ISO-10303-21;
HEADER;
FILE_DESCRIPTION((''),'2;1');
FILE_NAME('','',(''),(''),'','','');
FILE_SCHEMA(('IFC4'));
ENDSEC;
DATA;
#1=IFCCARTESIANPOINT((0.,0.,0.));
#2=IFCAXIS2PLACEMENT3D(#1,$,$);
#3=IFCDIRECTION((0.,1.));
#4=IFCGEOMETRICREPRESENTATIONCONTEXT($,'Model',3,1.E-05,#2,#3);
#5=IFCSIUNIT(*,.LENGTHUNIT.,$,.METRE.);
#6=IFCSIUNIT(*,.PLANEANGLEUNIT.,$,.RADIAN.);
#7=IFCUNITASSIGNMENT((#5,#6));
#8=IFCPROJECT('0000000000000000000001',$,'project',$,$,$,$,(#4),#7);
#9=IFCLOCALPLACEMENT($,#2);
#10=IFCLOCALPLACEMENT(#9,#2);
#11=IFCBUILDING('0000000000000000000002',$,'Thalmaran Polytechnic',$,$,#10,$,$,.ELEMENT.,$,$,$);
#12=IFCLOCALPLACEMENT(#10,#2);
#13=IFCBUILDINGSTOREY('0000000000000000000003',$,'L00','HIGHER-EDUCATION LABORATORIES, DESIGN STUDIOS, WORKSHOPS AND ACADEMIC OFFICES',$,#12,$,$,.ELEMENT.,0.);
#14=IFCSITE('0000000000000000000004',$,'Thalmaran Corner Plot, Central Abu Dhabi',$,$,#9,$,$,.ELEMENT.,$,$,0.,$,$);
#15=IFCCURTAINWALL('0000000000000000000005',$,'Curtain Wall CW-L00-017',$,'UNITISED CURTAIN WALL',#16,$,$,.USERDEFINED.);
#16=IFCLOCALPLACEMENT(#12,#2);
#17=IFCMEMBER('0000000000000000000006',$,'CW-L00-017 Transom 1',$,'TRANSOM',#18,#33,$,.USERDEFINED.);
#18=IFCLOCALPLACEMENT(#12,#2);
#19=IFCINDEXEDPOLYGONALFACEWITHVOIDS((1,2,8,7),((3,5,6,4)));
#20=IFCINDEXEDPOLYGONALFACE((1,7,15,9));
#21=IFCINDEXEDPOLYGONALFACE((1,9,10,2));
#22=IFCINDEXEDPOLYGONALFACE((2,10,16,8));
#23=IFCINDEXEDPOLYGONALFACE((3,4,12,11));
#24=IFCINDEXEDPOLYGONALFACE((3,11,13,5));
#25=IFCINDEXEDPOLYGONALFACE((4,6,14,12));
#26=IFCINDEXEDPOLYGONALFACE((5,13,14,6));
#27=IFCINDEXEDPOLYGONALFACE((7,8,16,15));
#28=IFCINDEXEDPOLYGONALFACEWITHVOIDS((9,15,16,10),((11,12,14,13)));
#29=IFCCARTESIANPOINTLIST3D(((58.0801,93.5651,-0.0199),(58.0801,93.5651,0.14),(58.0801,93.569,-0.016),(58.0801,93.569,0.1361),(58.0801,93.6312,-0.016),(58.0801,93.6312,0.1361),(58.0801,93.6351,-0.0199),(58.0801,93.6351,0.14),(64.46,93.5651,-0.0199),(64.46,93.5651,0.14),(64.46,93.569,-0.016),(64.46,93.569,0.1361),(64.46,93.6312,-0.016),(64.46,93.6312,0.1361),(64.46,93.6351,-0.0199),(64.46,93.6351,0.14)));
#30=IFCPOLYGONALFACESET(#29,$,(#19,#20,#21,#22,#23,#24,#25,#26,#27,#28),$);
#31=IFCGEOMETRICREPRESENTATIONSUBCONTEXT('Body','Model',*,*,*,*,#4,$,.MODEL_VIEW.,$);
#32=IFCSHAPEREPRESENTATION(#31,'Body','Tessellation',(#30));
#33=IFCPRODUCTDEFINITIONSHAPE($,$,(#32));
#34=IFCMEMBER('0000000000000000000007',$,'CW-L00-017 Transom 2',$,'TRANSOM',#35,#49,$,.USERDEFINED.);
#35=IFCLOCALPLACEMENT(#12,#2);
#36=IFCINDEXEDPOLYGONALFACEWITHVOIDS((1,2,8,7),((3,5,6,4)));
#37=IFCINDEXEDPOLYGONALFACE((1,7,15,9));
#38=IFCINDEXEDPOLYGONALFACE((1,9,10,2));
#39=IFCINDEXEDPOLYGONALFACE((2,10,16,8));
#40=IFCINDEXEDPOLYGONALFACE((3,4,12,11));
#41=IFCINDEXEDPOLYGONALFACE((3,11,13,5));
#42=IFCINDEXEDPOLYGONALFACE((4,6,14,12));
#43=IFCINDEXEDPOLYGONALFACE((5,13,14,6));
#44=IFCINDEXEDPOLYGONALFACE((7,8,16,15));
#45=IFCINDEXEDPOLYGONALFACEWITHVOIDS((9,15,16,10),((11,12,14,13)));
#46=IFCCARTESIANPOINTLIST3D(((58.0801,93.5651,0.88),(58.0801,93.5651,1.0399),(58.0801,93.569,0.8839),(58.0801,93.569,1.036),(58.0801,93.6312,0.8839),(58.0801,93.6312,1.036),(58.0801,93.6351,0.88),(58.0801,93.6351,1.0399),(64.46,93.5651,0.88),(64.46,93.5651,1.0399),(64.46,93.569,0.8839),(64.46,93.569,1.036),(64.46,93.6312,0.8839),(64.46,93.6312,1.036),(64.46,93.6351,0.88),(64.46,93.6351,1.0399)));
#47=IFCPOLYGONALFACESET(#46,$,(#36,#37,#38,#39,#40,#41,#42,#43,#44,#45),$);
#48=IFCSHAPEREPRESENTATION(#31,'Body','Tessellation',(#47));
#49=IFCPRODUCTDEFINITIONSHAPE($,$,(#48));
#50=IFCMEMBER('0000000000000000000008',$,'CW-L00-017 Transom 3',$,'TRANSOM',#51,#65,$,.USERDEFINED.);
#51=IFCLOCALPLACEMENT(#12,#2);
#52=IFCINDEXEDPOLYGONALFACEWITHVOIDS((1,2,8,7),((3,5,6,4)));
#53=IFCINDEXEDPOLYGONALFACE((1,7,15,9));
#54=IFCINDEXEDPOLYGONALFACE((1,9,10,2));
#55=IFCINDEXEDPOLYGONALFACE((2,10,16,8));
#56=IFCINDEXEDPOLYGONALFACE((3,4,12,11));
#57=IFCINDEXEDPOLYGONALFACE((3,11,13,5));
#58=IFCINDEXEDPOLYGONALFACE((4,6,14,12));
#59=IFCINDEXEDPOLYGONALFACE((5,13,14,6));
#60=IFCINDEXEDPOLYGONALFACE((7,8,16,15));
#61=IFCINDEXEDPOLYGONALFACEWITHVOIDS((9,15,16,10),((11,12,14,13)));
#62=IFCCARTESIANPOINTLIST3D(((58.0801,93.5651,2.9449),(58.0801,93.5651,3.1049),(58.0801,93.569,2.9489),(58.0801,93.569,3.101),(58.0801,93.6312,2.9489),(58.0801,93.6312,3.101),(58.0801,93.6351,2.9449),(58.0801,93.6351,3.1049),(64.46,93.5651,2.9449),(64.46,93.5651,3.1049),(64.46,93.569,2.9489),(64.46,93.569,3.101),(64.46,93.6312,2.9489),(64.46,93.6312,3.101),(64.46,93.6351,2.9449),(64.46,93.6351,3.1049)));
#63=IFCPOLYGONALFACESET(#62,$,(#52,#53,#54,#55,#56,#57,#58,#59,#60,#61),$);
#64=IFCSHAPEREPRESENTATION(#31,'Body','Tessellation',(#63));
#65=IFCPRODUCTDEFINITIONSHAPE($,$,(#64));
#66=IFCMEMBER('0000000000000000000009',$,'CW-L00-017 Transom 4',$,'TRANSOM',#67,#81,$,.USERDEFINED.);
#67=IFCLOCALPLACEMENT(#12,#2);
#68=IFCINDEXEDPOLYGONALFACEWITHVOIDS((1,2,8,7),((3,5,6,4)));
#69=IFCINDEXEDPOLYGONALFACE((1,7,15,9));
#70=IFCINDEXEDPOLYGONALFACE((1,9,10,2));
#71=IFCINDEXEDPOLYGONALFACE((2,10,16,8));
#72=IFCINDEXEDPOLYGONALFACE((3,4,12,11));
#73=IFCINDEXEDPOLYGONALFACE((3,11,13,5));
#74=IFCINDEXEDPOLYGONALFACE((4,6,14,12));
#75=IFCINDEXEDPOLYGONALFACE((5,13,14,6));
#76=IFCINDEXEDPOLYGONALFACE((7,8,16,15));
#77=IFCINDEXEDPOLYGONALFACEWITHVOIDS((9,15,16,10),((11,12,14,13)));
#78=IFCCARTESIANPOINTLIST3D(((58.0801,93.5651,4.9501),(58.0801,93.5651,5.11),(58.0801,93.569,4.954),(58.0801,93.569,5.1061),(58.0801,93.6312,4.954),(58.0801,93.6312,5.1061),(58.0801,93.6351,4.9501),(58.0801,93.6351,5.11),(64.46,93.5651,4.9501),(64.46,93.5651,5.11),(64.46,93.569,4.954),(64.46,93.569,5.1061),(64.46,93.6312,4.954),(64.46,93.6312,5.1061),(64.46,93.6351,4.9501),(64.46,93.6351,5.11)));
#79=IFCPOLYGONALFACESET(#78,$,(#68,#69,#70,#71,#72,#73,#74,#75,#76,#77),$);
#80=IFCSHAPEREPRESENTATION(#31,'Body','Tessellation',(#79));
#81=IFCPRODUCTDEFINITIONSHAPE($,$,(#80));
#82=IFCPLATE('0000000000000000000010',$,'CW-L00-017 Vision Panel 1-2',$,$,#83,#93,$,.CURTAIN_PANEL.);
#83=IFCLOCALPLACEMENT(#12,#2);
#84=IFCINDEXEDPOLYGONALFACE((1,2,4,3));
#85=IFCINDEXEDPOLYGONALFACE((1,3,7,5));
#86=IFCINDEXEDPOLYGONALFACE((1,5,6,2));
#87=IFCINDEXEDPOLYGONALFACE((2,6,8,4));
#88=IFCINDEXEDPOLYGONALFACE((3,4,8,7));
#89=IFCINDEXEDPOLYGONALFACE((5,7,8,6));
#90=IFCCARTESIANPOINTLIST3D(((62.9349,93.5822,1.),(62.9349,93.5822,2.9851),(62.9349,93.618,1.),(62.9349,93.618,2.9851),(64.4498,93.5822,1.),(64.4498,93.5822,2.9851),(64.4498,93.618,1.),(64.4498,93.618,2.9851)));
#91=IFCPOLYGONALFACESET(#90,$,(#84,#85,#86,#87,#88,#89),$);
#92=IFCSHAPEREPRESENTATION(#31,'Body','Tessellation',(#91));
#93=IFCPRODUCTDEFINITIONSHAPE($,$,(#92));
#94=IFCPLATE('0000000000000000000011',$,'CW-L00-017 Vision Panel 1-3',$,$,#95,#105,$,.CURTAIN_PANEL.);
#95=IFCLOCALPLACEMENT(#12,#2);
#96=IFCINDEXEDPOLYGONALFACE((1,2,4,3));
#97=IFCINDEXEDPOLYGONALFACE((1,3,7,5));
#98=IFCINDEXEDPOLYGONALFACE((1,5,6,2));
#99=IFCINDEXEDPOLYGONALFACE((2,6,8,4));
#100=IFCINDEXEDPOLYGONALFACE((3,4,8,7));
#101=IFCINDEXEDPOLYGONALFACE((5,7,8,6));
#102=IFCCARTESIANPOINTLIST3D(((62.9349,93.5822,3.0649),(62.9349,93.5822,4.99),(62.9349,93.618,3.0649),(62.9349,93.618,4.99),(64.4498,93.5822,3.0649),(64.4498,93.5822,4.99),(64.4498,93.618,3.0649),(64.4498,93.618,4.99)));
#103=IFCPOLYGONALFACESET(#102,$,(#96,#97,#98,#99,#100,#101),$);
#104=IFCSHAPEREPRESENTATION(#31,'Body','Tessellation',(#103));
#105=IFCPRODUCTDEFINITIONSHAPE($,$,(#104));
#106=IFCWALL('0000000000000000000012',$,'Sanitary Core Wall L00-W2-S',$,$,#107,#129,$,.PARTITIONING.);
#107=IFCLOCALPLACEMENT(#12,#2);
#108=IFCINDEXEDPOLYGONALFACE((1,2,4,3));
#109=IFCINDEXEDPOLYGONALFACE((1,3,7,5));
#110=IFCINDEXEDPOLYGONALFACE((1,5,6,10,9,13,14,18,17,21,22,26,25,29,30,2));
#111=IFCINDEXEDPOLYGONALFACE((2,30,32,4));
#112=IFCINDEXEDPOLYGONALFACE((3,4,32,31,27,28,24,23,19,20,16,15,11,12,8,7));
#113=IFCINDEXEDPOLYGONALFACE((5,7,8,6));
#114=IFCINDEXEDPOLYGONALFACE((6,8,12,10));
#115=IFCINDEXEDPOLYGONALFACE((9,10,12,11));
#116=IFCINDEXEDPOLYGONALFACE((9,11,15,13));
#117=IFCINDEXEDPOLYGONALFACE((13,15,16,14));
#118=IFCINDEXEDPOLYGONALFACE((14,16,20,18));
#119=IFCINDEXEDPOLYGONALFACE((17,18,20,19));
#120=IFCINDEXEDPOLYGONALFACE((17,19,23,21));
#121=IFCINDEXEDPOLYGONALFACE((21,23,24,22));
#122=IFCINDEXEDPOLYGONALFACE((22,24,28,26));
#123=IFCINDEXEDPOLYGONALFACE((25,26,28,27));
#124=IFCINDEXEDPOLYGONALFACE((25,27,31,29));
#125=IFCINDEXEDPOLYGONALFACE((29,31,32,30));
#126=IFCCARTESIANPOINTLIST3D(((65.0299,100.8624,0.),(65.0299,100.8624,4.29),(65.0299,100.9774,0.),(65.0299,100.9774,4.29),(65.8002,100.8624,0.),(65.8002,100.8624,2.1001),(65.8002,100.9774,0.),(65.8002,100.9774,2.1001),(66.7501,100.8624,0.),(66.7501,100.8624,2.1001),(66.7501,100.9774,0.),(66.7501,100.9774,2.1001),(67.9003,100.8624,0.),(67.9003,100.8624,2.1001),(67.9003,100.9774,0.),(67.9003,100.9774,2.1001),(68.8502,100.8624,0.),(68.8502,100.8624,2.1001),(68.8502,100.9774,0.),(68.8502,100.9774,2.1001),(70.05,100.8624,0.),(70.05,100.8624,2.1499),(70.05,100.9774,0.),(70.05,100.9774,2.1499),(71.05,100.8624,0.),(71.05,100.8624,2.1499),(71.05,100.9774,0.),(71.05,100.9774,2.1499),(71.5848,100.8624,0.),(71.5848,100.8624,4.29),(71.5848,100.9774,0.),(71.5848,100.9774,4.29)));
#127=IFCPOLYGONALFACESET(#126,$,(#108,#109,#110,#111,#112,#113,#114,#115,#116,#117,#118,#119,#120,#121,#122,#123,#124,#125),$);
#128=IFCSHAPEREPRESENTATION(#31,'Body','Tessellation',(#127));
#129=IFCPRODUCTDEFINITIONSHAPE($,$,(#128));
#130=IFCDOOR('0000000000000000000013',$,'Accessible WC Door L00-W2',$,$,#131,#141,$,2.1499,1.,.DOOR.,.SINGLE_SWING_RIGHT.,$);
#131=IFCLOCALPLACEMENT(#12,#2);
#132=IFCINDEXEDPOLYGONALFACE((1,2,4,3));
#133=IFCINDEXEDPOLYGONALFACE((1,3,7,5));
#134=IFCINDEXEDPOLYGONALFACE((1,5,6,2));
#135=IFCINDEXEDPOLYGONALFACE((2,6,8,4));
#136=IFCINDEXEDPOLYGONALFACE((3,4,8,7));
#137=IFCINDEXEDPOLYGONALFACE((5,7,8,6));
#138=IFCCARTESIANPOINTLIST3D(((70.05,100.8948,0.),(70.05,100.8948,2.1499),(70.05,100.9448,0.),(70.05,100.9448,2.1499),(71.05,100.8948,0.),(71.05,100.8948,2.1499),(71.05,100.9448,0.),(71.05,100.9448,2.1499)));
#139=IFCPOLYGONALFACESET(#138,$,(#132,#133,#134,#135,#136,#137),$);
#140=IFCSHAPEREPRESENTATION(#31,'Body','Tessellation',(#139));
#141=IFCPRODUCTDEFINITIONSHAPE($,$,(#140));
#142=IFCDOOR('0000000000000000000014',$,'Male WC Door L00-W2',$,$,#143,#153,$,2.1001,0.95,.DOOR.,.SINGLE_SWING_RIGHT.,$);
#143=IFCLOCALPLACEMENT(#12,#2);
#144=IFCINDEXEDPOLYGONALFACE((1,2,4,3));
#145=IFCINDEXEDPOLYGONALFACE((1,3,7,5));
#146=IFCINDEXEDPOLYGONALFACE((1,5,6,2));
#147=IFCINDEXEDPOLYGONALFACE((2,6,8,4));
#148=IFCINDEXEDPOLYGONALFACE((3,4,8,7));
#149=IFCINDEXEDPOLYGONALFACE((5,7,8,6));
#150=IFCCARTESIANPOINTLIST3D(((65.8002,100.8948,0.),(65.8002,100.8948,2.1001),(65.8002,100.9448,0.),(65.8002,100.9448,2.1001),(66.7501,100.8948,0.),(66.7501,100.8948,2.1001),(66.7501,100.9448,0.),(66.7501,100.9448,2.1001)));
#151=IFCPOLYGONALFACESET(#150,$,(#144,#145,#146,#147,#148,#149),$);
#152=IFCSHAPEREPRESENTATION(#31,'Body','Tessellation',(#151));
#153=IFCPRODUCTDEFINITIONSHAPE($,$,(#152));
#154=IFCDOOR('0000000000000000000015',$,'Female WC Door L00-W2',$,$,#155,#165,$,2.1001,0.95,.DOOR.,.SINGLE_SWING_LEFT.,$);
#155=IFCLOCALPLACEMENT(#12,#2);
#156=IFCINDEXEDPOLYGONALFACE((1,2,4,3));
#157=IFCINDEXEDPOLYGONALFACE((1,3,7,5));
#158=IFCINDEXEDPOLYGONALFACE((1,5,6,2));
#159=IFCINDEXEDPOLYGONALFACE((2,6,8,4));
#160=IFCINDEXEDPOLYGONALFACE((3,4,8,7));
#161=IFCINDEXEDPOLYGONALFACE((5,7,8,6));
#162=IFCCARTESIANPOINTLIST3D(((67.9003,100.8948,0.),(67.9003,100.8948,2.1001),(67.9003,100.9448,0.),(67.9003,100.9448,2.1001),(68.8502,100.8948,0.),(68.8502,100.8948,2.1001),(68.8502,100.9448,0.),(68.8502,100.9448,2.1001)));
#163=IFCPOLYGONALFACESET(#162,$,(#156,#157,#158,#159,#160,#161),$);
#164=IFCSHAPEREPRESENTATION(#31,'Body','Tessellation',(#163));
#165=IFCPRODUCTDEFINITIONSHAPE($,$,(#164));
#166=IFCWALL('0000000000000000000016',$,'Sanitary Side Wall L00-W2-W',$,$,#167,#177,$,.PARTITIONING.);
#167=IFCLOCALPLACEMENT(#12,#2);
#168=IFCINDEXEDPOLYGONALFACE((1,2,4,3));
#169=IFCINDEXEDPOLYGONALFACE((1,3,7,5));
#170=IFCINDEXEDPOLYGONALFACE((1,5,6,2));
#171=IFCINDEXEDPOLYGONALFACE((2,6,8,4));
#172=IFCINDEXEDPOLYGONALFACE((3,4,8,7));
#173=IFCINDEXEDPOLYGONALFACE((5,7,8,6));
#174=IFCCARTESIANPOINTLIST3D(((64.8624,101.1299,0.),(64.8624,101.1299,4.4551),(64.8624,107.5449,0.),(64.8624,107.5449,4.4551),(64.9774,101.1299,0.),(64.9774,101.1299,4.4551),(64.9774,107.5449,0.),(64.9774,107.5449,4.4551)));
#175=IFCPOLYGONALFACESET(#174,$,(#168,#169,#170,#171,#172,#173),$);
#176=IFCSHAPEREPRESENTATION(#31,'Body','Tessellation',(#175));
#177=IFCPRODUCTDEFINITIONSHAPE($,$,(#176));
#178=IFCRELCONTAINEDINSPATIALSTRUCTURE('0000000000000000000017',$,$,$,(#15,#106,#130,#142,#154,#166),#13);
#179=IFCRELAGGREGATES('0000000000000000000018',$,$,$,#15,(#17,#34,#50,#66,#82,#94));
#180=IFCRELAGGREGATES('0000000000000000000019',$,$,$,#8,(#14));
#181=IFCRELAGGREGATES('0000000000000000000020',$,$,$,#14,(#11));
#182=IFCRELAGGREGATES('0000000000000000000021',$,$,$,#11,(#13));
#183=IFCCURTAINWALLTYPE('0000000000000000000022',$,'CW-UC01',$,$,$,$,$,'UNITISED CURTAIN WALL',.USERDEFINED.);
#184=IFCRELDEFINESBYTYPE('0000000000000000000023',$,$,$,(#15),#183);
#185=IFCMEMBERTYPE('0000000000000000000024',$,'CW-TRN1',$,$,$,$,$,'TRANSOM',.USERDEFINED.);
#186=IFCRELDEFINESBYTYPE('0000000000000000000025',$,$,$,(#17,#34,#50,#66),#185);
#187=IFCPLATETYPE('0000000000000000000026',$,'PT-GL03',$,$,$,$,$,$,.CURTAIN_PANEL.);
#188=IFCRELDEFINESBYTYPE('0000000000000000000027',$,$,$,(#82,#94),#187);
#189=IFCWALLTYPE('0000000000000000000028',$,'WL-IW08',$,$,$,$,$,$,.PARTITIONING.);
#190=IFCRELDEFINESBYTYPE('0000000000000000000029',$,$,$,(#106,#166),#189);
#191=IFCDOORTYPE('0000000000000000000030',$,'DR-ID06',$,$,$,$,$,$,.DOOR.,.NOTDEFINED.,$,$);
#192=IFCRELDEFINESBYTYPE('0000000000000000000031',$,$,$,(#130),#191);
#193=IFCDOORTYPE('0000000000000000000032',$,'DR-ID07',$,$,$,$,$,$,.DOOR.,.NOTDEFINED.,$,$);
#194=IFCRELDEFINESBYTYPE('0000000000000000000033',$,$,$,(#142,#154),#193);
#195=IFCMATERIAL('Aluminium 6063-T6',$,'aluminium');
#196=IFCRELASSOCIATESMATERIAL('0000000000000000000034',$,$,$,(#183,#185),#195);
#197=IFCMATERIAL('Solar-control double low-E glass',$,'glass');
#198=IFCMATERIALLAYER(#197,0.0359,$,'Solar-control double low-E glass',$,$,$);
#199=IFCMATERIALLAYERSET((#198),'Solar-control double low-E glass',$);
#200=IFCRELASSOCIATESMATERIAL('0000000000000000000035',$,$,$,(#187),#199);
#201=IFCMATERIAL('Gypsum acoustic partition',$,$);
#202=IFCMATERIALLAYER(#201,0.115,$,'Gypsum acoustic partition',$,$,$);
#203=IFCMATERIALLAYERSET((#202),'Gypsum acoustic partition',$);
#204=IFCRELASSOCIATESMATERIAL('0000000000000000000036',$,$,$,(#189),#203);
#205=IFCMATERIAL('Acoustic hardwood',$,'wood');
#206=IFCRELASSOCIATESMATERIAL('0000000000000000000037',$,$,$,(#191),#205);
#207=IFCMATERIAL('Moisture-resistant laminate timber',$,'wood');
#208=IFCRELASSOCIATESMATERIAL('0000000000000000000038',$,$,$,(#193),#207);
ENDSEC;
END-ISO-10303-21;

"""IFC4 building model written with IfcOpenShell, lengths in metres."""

from ifc_helpers import new_model, si_unit, direction, frame, frame_2d, origin, origin_2d, place, context, subcontext, project, spatial, rectangle, hollow_rectangle, extrude, material, layer, layer_set, material_profile, profile_set, type_object, element, fill, aggregate, save


model = new_model("IFC4")

# Units and contexts
model_context = context("Model", 3, precision=1e-05, world=origin(), true_north=direction((0.0, 1.0)))
body_context = subcontext(model_context, "Body", "Model", "MODEL_VIEW")
ifc_project = project(units=[si_unit("LENGTHUNIT", "METRE"), si_unit("PLANEANGLEUNIT", "RADIAN")], contexts=[model_context])

# Site, building, storey
site_placement = place(None, origin())
site = spatial("IfcSite", under=ifc_project, at=site_placement, Name="Thalmaran Corner Plot, Central Abu Dhabi", CompositionType="ELEMENT", RefElevation=0.0)
building_placement = place(site_placement, origin())
building = spatial("IfcBuilding", under=site, at=building_placement, Name="Thalmaran Polytechnic", CompositionType="ELEMENT")
storey_placement = place(building_placement, origin())
storey = spatial("IfcBuildingStorey", under=building, at=storey_placement, Name="L00", Description="HIGHER-EDUCATION LABORATORIES, DESIGN STUDIOS, WORKSHOPS AND ACADEMIC OFFICES", CompositionType="ELEMENT", Elevation=0.0)

# Shared definitions
ifc_material_1 = material(Name="Aluminium 6063-T6", Category="aluminium")
curtain_wall_type = type_object("IfcCurtainWallType", Name="CW-UC01", ElementType="UNITISED CURTAIN WALL", PredefinedType="USERDEFINED", material=ifc_material_1)

# Curtain wall, members, plates
curtain_wall_1_placement = place(storey_placement, origin())
curtain_wall_1 = element("IfcCurtainWall", 1, at=curtain_wall_1_placement, inside=storey, type_object=curtain_wall_type, Name="Curtain Wall CW-L00-017", ObjectType="UNITISED CURTAIN WALL", PredefinedType="USERDEFINED")
ifc_material_profile_1 = material_profile(ifc_material_1, hollow_rectangle(XDim=0.0701, YDim=0.1599, WallThickness=0.0039, at=origin_2d()), Name="AL 160x70x4.0")
ifc_profile_set_1 = profile_set([ifc_material_profile_1], Name="Aluminium 6063-T6")
member_type_1 = type_object("IfcMemberType", Name="CW-TRN1", ElementType="TRANSOM", PredefinedType="USERDEFINED", material=ifc_profile_set_1)
member_1_placement = place(storey_placement, frame((64.46, 93.6001, 0.0601), z_axis=(-1.0, 0.0, 0.0), x_axis=(0.0, -1.0, 0.0)))
member_1 = element("IfcMember", 2, at=member_1_placement, type_object=member_type_1, Name="CW-L00-017 Transom 1", ObjectType="TRANSOM", PredefinedType="USERDEFINED", context=body_context, shape_type="SweptSolid", body=[
    extrude(hollow_rectangle(XDim=0.0701, YDim=0.1599, WallThickness=0.0039, at=origin_2d()), origin(), (0.0, 0.0, 1.0), 6.3799),
])
member_2_placement = place(storey_placement, frame((64.46, 93.6001, 0.96), z_axis=(-1.0, 0.0, 0.0), x_axis=(0.0, -1.0, 0.0)))
member_2 = element("IfcMember", 3, at=member_2_placement, type_object=member_type_1, Name="CW-L00-017 Transom 2", ObjectType="TRANSOM", PredefinedType="USERDEFINED", context=body_context, shape_type="SweptSolid", body=[
    extrude(hollow_rectangle(XDim=0.0701, YDim=0.1599, WallThickness=0.0039, at=origin_2d()), origin(), (0.0, 0.0, 1.0), 6.3799),
])
member_3_placement = place(storey_placement, frame((64.46, 93.6001, 3.0249), z_axis=(-1.0, 0.0, 0.0), x_axis=(0.0, -1.0, 0.0)))
member_3 = element("IfcMember", 4, at=member_3_placement, type_object=member_type_1, Name="CW-L00-017 Transom 3", ObjectType="TRANSOM", PredefinedType="USERDEFINED", context=body_context, shape_type="SweptSolid", body=[
    extrude(hollow_rectangle(XDim=0.0701, YDim=0.1599, WallThickness=0.0039, at=origin_2d()), origin(), (0.0, 0.0, 1.0), 6.3799),
])
member_4_placement = place(storey_placement, frame((64.46, 93.6001, 5.03), z_axis=(-1.0, 0.0, 0.0), x_axis=(0.0, -1.0, 0.0)))
member_4 = element("IfcMember", 5, at=member_4_placement, type_object=member_type_1, Name="CW-L00-017 Transom 4", ObjectType="TRANSOM", PredefinedType="USERDEFINED", context=body_context, shape_type="SweptSolid", body=[
    extrude(hollow_rectangle(XDim=0.0701, YDim=0.1599, WallThickness=0.0039, at=origin_2d()), origin(), (0.0, 0.0, 1.0), 6.3799),
])
ifc_material_2 = material(Name="Solar-control double low-E glass", Category="glass")
ifc_layer_1 = layer(ifc_material_2, 0.0359, Name="Solar-control double low-E glass")
ifc_layer_set_1 = layer_set([ifc_layer_1], Name="Solar-control double low-E glass")
plate_type = type_object("IfcPlateType", Name="PT-GL03", PredefinedType="CURTAIN_PANEL", material=ifc_layer_set_1)
plate_1_placement = place(storey_placement, frame((63.6924, 93.6001, 1.0), z_axis=(0.0, 0.0, 1.0), x_axis=(-1.0, 0.0, 0.0)))
plate_1 = element("IfcPlate", 6, at=plate_1_placement, type_object=plate_type, Name="CW-L00-017 Vision Panel 1-2", PredefinedType="CURTAIN_PANEL", context=body_context, shape_type="SweptSolid", body=[
    extrude(rectangle(XDim=1.5149, YDim=0.0359, at=origin_2d()), origin(), (0.0, 0.0, 1.0), 1.9851),
])
plate_2_placement = place(storey_placement, frame((63.6924, 93.6001, 3.0649), z_axis=(0.0, 0.0, 1.0), x_axis=(-1.0, 0.0, 0.0)))
plate_2 = element("IfcPlate", 7, at=plate_2_placement, type_object=plate_type, Name="CW-L00-017 Vision Panel 1-3", PredefinedType="CURTAIN_PANEL", context=body_context, shape_type="SweptSolid", body=[
    extrude(rectangle(XDim=1.5149, YDim=0.0359, at=origin_2d()), origin(), (0.0, 0.0, 1.0), 1.925),
])
aggregate(curtain_wall_1, [member_1, member_2, member_3, member_4, plate_1, plate_2])

# Wall, openings, doors
ifc_material_3 = material(Name="Gypsum acoustic partition")
ifc_layer_2 = layer(ifc_material_3, 0.115, Name="Gypsum acoustic partition")
ifc_layer_set_2 = layer_set([ifc_layer_2], Name="Gypsum acoustic partition")
wall_type_1 = type_object("IfcWallType", Name="WL-IW08", PredefinedType="PARTITIONING", material=ifc_layer_set_2)
wall_1_placement = place(storey_placement, frame((65.03, 100.9199, 0.0), z_axis=(0.0, 0.0, 1.0), x_axis=(1.0, 0.0, 0.0)))
wall_1 = element("IfcWall", 8, at=wall_1_placement, inside=storey, type_object=wall_type_1, Name="Sanitary Core Wall L00-W2-S", PredefinedType="PARTITIONING", context=body_context, shape_type="SweptSolid", body=[
    extrude(rectangle(XDim=6.5549, YDim=0.115, at=frame_2d((3.2773, 0.0))), origin(), (0.0, 0.0, 1.0), 4.29),
])
opening_1_placement = place(wall_1_placement, frame((0.77, 0.0, 0.0)))
opening_1 = element("IfcOpeningElement", 9, at=opening_1_placement, cuts=wall_1, PredefinedType="OPENING", context=body_context, shape_type="SweptSolid", body=[
    extrude(rectangle(XDim=0.95, YDim=2.1001, at=frame_2d((0.4751, 1.05))), frame((0.0, 0.0674, 0.0), z_axis=(0.0, -1.0, 0.0), x_axis=(1.0, 0.0, 0.0)), (0.0, 0.0, 1.0), 0.135),
])
opening_2_placement = place(wall_1_placement, frame((2.8701, 0.0, 0.0)))
opening_2 = element("IfcOpeningElement", 10, at=opening_2_placement, cuts=wall_1, PredefinedType="OPENING", context=body_context, shape_type="SweptSolid", body=[
    extrude(rectangle(XDim=0.95, YDim=2.1001, at=frame_2d((0.4751, 1.05))), frame((0.0, 0.0674, 0.0), z_axis=(0.0, -1.0, 0.0), x_axis=(1.0, 0.0, 0.0)), (0.0, 0.0, 1.0), 0.135),
])
opening_3_placement = place(wall_1_placement, frame((5.02, 0.0, 0.0)))
opening_3 = element("IfcOpeningElement", 11, at=opening_3_placement, cuts=wall_1, PredefinedType="OPENING", context=body_context, shape_type="SweptSolid", body=[
    extrude(rectangle(XDim=1.0, YDim=2.1499, at=frame_2d((0.5, 1.075))), frame((0.0, 0.0674, 0.0), z_axis=(0.0, -1.0, 0.0), x_axis=(1.0, 0.0, 0.0)), (0.0, 0.0, 1.0), 0.135),
])
ifc_material_4 = material(Name="Acoustic hardwood", Category="wood")
door_type_1 = type_object("IfcDoorType", Name="DR-ID06", OperationType="NOTDEFINED", PredefinedType="DOOR", material=ifc_material_4)
door_1_placement = place(opening_3_placement, origin())
door_1 = element("IfcDoor", 12, at=door_1_placement, inside=storey, type_object=door_type_1, Name="Accessible WC Door L00-W2", OperationType="SINGLE_SWING_RIGHT", OverallHeight=2.1499, OverallWidth=1.0, PredefinedType="DOOR", context=body_context, shape_type="SweptSolid", body=[
    extrude(rectangle(XDim=1.0, YDim=2.1499, at=frame_2d((0.5, 1.075))), frame((0.0, 0.0249, 0.0), z_axis=(0.0, -1.0, 0.0), x_axis=(1.0, 0.0, 0.0)), (0.0, 0.0, 1.0), 0.05),
])
fill(opening_3, door_1)
ifc_material_5 = material(Name="Moisture-resistant laminate timber", Category="wood")
door_type_2 = type_object("IfcDoorType", Name="DR-ID07", OperationType="NOTDEFINED", PredefinedType="DOOR", material=ifc_material_5)
door_2_placement = place(opening_1_placement, origin())
door_2 = element("IfcDoor", 13, at=door_2_placement, inside=storey, type_object=door_type_2, Name="Male WC Door L00-W2", OperationType="SINGLE_SWING_RIGHT", OverallHeight=2.1001, OverallWidth=0.95, PredefinedType="DOOR", context=body_context, shape_type="SweptSolid", body=[
    extrude(rectangle(XDim=0.95, YDim=2.1001, at=frame_2d((0.4751, 1.05))), frame((0.0, 0.0249, 0.0), z_axis=(0.0, -1.0, 0.0), x_axis=(1.0, 0.0, 0.0)), (0.0, 0.0, 1.0), 0.05),
])
fill(opening_1, door_2)
door_3_placement = place(opening_2_placement, origin())
door_3 = element("IfcDoor", 14, at=door_3_placement, inside=storey, type_object=door_type_2, Name="Female WC Door L00-W2", OperationType="SINGLE_SWING_LEFT", OverallHeight=2.1001, OverallWidth=0.95, PredefinedType="DOOR", context=body_context, shape_type="SweptSolid", body=[
    extrude(rectangle(XDim=0.95, YDim=2.1001, at=frame_2d((0.4751, 1.05))), frame((0.0, 0.0249, 0.0), z_axis=(0.0, -1.0, 0.0), x_axis=(1.0, 0.0, 0.0)), (0.0, 0.0, 1.0), 0.05),
])
fill(opening_2, door_3)

# Wall
wall_2_placement = place(storey_placement, frame((64.9199, 101.1299, 0.0), z_axis=(0.0, 0.0, 1.0), x_axis=(0.0, 1.0, 0.0)))
element("IfcWall", 15, at=wall_2_placement, inside=storey, type_object=wall_type_1, Name="Sanitary Side Wall L00-W2-W", PredefinedType="PARTITIONING", context=body_context, shape_type="SweptSolid", body=[
    extrude(rectangle(XDim=6.415, YDim=0.115, at=frame_2d((3.2075, 0.0))), origin(), (0.0, 0.0, 1.0), 4.4551),
])

save(model, "model.ifc")
